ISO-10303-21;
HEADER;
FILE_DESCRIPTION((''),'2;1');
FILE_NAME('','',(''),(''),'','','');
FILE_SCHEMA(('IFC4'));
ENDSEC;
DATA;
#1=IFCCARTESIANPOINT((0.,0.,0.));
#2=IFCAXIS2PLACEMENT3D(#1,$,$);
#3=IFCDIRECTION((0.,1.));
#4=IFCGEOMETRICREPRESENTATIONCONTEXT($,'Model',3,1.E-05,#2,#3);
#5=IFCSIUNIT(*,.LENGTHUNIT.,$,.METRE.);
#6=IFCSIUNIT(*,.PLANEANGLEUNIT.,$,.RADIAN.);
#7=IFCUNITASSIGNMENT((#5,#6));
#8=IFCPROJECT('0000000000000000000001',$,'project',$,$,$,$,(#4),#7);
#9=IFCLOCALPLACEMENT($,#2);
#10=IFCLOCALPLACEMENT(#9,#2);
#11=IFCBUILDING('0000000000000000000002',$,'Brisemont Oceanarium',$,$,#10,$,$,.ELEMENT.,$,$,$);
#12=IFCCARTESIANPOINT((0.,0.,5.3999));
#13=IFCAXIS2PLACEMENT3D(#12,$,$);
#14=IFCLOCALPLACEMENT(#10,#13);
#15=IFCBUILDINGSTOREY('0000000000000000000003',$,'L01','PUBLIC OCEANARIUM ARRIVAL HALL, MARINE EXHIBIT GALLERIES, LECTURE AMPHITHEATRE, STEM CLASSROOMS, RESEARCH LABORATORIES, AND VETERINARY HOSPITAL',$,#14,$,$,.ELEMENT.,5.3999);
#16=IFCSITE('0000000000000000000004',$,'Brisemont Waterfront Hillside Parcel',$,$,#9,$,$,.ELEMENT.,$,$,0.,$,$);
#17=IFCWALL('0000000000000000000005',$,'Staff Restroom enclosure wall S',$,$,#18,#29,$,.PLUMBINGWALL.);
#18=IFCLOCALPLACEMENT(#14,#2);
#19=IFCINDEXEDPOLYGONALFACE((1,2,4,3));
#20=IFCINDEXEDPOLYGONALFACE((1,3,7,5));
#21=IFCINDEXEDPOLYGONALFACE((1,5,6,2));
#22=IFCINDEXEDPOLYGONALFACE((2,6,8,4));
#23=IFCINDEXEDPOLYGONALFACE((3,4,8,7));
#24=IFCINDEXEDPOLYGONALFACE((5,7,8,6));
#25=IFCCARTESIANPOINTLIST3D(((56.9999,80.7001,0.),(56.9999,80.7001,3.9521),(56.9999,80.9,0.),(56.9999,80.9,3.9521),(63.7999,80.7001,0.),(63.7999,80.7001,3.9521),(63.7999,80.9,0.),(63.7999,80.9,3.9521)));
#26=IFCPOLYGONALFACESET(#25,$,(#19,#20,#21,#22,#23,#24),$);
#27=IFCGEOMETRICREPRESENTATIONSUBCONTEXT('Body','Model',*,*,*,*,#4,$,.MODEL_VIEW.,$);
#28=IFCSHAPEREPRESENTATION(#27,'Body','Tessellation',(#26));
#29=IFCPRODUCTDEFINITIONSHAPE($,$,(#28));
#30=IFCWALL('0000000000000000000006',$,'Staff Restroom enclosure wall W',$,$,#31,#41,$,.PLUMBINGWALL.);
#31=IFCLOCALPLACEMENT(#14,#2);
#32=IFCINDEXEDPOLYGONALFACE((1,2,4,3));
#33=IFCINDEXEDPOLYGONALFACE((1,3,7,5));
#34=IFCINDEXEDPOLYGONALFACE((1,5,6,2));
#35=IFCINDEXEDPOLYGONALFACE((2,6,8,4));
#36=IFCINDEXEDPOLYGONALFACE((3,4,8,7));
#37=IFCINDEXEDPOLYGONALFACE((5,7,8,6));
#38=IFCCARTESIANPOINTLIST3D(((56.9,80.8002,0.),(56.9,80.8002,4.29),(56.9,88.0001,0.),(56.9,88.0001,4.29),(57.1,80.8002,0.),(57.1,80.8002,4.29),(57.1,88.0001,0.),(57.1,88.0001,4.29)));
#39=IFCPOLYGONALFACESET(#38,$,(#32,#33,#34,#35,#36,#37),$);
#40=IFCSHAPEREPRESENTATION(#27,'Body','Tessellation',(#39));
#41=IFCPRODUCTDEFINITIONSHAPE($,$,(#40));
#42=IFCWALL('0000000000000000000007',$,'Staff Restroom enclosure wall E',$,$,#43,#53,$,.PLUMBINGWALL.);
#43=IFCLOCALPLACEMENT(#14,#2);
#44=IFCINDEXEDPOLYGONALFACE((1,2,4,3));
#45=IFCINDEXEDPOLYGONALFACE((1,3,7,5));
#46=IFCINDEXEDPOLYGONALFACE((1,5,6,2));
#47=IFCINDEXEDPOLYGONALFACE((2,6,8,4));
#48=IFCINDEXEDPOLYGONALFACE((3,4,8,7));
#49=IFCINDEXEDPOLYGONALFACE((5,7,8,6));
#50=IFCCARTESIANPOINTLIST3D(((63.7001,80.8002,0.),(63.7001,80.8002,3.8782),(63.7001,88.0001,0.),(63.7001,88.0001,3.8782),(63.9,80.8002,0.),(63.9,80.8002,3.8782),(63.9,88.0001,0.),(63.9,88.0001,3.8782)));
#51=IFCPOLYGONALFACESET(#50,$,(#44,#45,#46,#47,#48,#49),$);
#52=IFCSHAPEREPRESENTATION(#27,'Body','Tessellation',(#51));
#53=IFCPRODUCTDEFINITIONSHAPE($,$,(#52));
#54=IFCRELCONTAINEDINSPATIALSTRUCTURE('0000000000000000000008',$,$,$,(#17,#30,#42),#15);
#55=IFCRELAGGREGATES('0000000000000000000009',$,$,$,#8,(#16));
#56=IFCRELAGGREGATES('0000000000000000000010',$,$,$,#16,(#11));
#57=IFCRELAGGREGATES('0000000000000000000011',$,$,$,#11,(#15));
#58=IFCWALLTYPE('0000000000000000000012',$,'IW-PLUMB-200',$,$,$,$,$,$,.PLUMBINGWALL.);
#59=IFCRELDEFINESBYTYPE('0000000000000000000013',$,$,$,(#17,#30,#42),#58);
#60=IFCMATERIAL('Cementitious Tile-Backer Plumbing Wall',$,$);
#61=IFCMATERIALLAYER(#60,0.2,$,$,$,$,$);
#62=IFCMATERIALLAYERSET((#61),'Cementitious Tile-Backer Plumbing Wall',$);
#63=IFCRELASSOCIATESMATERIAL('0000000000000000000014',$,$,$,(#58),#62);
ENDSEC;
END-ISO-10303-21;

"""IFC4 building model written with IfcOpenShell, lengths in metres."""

from ifc_helpers import new_model, si_unit, direction, frame, frame_2d, origin, place, context, subcontext, project, spatial, rectangle, extrude, material, layer, layer_set, type_object, element, save


model = new_model("IFC4")

# Units and contexts
model_context = context("Model", 3, precision=1e-05, world=origin(), true_north=direction((0.0, 1.0)))
body_context = subcontext(model_context, "Body", "Model", "MODEL_VIEW")
ifc_project = project(units=[si_unit("LENGTHUNIT", "METRE"), si_unit("PLANEANGLEUNIT", "RADIAN")], contexts=[model_context])

# Site, building, storey
site_placement = place(None, origin())
site = spatial("IfcSite", under=ifc_project, at=site_placement, Name="Brisemont Waterfront Hillside Parcel", CompositionType="ELEMENT", RefElevation=0.0)
building_placement = place(site_placement, origin())
building = spatial("IfcBuilding", under=site, at=building_placement, Name="Brisemont Oceanarium", CompositionType="ELEMENT")
storey_placement = place(building_placement, frame((0.0, 0.0, 5.3999)))
storey = spatial("IfcBuildingStorey", under=building, at=storey_placement, Name="L01", Description="PUBLIC OCEANARIUM ARRIVAL HALL, MARINE EXHIBIT GALLERIES, LECTURE AMPHITHEATRE, STEM CLASSROOMS, RESEARCH LABORATORIES, AND VETERINARY HOSPITAL", CompositionType="ELEMENT", Elevation=5.3999)

# Shared definitions
ifc_material_1 = material(Name="Cementitious Tile-Backer Plumbing Wall")
ifc_layer_1 = layer(ifc_material_1, 0.2)
ifc_layer_set_1 = layer_set([ifc_layer_1], Name="Cementitious Tile-Backer Plumbing Wall")
wall_type_1 = type_object("IfcWallType", Name="IW-PLUMB-200", PredefinedType="PLUMBINGWALL", material=ifc_layer_set_1)

# Walls
wall_1_placement = place(storey_placement, frame((57.0, 80.8, 0.0), z_axis=(0.0, 0.0, 1.0), x_axis=(1.0, 0.0, 0.0)))
element("IfcWall", 1, at=wall_1_placement, inside=storey, type_object=wall_type_1, Name="Staff Restroom enclosure wall S", PredefinedType="PLUMBINGWALL", context=body_context, shape_type="SweptSolid", body=[
    extrude(rectangle(XDim=6.8, YDim=0.2, at=frame_2d((3.3999, 0.0))), origin(), (0.0, 0.0, 1.0), 3.9521),
])
wall_2_placement = place(storey_placement, frame((57.0, 80.8, 0.0), z_axis=(0.0, 0.0, 1.0), x_axis=(0.0, 1.0, 0.0)))
element("IfcWall", 2, at=wall_2_placement, inside=storey, type_object=wall_type_1, Name="Staff Restroom enclosure wall W", PredefinedType="PLUMBINGWALL", context=body_context, shape_type="SweptSolid", body=[
    extrude(rectangle(XDim=7.2, YDim=0.2, at=frame_2d((3.6001, 0.0))), origin(), (0.0, 0.0, 1.0), 4.29),
])
wall_3_placement = place(storey_placement, frame((63.8, 80.8, 0.0), z_axis=(0.0, 0.0, 1.0), x_axis=(0.0, 1.0, 0.0)))
element("IfcWall", 3, at=wall_3_placement, inside=storey, type_object=wall_type_1, Name="Staff Restroom enclosure wall E", PredefinedType="PLUMBINGWALL", context=body_context, shape_type="SweptSolid", body=[
    extrude(rectangle(XDim=7.2, YDim=0.2, at=frame_2d((3.6001, 0.0))), origin(), (0.0, 0.0, 1.0), 3.8782),
])

save(model, "model.ifc")
